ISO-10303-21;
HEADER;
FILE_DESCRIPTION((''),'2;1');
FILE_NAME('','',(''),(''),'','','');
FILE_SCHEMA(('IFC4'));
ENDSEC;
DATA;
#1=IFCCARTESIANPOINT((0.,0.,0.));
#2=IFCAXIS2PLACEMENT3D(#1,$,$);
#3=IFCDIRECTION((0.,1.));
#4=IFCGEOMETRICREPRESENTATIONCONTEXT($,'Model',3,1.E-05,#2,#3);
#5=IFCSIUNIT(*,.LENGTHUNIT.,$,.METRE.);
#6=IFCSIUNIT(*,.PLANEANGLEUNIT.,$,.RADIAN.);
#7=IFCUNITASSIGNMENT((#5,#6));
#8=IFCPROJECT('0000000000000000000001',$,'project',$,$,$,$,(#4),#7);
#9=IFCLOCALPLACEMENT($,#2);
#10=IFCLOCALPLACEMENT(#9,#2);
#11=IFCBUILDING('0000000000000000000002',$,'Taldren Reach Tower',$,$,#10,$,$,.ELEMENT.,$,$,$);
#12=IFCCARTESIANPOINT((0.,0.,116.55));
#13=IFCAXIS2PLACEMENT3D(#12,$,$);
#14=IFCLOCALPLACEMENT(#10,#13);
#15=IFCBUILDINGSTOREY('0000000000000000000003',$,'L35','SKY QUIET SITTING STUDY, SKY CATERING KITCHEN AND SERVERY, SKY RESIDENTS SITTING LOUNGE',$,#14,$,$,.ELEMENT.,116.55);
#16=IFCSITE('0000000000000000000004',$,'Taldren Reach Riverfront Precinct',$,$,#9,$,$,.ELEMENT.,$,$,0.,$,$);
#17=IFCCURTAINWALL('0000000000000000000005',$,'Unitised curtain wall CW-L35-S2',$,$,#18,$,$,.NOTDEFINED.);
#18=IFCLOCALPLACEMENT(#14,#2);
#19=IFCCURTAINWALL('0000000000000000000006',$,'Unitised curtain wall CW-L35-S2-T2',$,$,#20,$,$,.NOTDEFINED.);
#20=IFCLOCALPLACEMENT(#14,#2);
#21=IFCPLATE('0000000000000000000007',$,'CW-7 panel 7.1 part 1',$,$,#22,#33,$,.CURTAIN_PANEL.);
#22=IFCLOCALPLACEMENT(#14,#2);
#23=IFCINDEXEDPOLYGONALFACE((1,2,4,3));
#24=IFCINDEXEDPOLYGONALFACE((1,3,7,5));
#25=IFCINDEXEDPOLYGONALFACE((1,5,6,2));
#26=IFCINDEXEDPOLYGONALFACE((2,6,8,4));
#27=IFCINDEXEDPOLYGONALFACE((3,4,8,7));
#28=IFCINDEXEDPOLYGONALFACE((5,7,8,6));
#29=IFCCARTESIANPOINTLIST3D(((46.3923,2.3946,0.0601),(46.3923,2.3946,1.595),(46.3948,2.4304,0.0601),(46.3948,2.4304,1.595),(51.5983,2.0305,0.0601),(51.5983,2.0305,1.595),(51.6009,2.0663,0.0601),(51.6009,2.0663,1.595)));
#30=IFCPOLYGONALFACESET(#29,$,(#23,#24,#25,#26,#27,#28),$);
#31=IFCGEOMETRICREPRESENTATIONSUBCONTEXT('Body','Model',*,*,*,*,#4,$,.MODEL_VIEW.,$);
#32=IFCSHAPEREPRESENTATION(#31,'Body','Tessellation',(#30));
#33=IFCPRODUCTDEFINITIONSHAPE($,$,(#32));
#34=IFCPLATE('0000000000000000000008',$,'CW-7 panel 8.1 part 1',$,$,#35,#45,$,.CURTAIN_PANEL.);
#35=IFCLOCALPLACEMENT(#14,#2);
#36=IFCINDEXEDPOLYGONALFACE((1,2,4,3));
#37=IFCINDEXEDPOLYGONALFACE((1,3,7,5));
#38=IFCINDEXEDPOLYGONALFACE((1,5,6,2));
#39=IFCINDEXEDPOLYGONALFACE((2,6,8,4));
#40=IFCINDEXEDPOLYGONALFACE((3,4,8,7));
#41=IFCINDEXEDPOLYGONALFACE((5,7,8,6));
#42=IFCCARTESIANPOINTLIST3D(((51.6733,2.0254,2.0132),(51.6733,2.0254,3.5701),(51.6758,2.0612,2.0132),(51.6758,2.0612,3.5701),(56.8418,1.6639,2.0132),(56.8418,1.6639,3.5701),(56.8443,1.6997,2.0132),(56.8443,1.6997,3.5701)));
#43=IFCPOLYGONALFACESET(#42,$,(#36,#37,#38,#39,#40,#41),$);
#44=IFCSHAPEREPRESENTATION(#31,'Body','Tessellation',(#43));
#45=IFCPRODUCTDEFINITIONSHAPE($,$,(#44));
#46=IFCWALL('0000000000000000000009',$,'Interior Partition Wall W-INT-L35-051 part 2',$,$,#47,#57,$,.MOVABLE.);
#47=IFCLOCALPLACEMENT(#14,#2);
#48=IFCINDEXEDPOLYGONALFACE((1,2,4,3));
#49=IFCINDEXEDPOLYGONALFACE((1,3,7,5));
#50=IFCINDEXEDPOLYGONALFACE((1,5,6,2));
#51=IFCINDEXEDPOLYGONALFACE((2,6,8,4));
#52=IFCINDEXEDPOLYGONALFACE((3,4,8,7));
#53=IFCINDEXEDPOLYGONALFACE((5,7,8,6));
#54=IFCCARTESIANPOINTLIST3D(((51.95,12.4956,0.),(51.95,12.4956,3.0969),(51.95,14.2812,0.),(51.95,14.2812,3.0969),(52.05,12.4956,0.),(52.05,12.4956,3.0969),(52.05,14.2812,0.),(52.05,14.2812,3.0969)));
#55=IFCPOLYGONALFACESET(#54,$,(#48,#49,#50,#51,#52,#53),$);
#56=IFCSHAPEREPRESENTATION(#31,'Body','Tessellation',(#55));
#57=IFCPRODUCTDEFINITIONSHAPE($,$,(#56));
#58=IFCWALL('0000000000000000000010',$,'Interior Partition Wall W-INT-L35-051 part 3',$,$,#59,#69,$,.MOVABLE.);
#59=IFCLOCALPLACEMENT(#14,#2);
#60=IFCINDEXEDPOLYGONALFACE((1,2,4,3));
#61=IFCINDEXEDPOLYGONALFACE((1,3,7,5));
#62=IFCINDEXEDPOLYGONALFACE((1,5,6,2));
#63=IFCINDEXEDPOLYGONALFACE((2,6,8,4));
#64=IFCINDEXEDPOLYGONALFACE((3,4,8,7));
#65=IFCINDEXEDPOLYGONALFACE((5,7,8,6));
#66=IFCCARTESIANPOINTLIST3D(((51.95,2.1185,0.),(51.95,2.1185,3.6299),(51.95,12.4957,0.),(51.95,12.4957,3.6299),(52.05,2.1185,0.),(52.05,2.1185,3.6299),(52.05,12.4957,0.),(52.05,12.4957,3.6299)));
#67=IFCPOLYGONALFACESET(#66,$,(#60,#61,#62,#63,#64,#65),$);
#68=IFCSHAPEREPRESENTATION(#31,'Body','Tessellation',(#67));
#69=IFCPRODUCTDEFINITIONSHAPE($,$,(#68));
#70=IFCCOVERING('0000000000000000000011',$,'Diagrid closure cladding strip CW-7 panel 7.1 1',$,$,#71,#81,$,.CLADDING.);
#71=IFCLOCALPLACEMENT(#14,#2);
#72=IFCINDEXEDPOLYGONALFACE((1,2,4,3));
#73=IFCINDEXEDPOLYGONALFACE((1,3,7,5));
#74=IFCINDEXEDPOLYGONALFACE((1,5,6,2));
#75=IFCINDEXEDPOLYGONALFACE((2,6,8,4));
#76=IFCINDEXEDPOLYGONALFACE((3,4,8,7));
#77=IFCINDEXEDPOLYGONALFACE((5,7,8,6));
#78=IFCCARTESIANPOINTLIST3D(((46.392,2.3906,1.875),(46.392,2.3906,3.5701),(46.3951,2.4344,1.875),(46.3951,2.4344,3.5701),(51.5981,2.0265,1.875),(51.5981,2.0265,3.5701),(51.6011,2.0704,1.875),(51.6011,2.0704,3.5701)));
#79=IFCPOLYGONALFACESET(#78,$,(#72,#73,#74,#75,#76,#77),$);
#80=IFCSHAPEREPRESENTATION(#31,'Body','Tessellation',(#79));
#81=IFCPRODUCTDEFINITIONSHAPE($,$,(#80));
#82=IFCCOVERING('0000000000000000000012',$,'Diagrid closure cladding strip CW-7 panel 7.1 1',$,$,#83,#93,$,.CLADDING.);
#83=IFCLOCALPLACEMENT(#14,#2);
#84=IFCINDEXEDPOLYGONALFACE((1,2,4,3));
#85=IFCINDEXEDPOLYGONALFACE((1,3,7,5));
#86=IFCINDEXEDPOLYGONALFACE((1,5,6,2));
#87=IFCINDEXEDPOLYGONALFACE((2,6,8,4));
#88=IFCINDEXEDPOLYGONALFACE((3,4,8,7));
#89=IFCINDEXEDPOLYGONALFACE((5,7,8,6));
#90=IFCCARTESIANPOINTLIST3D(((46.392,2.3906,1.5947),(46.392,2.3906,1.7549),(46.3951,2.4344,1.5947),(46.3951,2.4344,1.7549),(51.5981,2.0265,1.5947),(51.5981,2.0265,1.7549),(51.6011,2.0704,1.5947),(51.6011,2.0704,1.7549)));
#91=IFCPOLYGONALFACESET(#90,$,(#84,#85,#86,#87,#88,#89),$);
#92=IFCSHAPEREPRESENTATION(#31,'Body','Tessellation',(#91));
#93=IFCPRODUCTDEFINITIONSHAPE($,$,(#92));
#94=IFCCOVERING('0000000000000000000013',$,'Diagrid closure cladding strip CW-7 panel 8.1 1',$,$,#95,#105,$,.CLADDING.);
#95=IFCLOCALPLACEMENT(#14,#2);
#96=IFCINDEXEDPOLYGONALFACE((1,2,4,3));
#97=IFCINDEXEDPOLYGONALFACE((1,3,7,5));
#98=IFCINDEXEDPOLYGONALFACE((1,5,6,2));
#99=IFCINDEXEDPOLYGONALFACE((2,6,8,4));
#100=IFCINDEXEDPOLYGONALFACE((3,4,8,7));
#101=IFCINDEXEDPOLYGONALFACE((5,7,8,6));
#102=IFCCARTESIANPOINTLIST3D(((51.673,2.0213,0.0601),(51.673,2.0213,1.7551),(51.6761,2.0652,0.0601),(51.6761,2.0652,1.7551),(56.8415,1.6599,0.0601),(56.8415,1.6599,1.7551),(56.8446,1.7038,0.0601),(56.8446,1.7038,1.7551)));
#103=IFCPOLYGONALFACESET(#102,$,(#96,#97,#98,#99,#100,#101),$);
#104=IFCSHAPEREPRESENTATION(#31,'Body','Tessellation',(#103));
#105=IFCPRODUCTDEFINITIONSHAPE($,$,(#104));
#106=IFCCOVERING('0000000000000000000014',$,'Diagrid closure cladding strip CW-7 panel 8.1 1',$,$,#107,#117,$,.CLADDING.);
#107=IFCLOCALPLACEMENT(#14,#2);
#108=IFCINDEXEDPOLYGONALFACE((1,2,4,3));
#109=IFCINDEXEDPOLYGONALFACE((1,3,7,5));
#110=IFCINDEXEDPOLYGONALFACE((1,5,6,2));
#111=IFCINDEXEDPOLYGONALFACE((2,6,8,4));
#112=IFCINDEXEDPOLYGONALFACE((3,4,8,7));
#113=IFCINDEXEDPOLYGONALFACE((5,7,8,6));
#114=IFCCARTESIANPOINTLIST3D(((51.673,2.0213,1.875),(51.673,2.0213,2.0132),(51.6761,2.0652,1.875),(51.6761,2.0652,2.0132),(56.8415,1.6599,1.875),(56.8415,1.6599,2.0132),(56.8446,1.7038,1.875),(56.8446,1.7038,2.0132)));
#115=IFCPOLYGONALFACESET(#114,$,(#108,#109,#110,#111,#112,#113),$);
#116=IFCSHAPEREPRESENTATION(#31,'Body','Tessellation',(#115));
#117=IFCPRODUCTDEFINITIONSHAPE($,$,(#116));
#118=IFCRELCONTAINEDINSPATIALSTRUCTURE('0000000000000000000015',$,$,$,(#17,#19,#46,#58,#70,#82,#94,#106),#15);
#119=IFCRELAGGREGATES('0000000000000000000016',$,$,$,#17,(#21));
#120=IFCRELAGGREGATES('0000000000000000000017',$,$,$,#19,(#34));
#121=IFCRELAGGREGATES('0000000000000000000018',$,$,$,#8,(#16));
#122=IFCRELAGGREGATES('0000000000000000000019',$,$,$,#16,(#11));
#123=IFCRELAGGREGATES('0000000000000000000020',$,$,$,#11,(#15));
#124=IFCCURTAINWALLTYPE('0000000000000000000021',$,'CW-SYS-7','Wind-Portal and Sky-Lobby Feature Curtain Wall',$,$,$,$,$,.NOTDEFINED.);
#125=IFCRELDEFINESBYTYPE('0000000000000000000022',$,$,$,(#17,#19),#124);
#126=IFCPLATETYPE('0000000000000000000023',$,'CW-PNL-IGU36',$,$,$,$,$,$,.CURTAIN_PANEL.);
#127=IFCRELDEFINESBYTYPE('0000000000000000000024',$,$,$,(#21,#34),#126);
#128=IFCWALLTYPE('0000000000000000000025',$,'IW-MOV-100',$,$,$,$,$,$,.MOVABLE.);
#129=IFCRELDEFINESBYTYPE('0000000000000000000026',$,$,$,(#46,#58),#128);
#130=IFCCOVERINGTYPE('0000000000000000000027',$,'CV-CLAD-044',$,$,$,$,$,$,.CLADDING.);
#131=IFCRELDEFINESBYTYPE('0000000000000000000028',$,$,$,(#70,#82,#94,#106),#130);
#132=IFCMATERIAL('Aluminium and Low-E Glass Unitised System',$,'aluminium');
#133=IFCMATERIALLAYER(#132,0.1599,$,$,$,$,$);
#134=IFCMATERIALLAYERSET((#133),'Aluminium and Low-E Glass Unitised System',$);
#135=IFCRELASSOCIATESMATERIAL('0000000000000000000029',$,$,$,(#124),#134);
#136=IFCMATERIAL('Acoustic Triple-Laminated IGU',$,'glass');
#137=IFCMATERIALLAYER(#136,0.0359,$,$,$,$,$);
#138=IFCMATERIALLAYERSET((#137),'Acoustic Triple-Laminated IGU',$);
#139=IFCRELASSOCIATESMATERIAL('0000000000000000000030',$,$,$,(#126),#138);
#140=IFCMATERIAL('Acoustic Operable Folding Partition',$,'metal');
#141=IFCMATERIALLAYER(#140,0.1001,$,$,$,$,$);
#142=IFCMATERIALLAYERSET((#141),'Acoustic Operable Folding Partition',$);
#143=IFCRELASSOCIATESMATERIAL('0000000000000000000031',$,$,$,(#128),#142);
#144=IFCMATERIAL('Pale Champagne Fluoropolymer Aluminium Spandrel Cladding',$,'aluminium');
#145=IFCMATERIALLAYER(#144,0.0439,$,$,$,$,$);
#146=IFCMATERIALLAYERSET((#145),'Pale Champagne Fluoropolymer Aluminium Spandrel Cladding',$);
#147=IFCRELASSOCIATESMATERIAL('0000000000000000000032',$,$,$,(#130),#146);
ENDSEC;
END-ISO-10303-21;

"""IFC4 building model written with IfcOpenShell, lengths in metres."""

from ifc_helpers import new_model, si_unit, direction, frame, frame_2d, origin, origin_2d, place, context, subcontext, project, spatial, rectangle, extrude, source, transform, mapped, material, layer, layer_set, type_object, element, aggregate, save


model = new_model("IFC4")

# Units and contexts
model_context = context("Model", 3, precision=1e-05, world=origin(), true_north=direction((0.0, 1.0)))
body_context = subcontext(model_context, "Body", "Model", "MODEL_VIEW")
ifc_project = project(units=[si_unit("LENGTHUNIT", "METRE"), si_unit("PLANEANGLEUNIT", "RADIAN")], contexts=[model_context])

# Site, building, storey
site_placement = place(None, origin())
site = spatial("IfcSite", under=ifc_project, at=site_placement, Name="Taldren Reach Riverfront Precinct", CompositionType="ELEMENT", RefElevation=0.0)
building_placement = place(site_placement, origin())
building = spatial("IfcBuilding", under=site, at=building_placement, Name="Taldren Reach Tower", CompositionType="ELEMENT")
storey_placement = place(building_placement, frame((0.0, 0.0, 116.55)))
storey = spatial("IfcBuildingStorey", under=building, at=storey_placement, Name="L35", Description="SKY QUIET SITTING STUDY, SKY CATERING KITCHEN AND SERVERY, SKY RESIDENTS SITTING LOUNGE", CompositionType="ELEMENT", Elevation=116.55)

# Curtain wall
ifc_material_1 = material(Name="Aluminium and Low-E Glass Unitised System", Category="aluminium")
ifc_layer_1 = layer(ifc_material_1, 0.1599)
ifc_layer_set_1 = layer_set([ifc_layer_1], Name="Aluminium and Low-E Glass Unitised System")
curtain_wall_type = type_object("IfcCurtainWallType", Name="CW-SYS-7", Description="Wind-Portal and Sky-Lobby Feature Curtain Wall", PredefinedType="NOTDEFINED", material=ifc_layer_set_1)
curtain_wall_1_placement = place(storey_placement, origin())
curtain_wall_1 = element("IfcCurtainWall", 1, at=curtain_wall_1_placement, inside=storey, type_object=curtain_wall_type, Name="Unitised curtain wall CW-L35-S2", PredefinedType="NOTDEFINED")

# Curtain wall
curtain_wall_2_placement = place(storey_placement, origin())
curtain_wall_2 = element("IfcCurtainWall", 2, at=curtain_wall_2_placement, inside=storey, type_object=curtain_wall_type, Name="Unitised curtain wall CW-L35-S2-T2", PredefinedType="NOTDEFINED")

# Plates
ifc_material_2 = material(Name="Acoustic Triple-Laminated IGU", Category="glass")
ifc_layer_2 = layer(ifc_material_2, 0.0359)
ifc_layer_set_2 = layer_set([ifc_layer_2], Name="Acoustic Triple-Laminated IGU")
plate_type_1 = type_object("IfcPlateType", Name="CW-PNL-IGU36", PredefinedType="CURTAIN_PANEL", material=ifc_layer_set_2)
shared_shape_1 = source(origin(), body_context, "Body", "SweptSolid", [
    extrude(rectangle(XDim=5.2188, YDim=0.0359, at=origin_2d()), origin(), (0.0, 0.0, 1.0), 1.5349),
])
plate_1_placement = place(storey_placement, frame((48.9966, 2.2305, 0.0601), z_axis=(0.0, 0.0, 1.0), x_axis=(0.997564, -0.069757, 0.0)))
plate_1 = element("IfcPlate", 3, at=plate_1_placement, type_object=plate_type_1, Name="CW-7 panel 7.1 part 1", PredefinedType="CURTAIN_PANEL", context=body_context, shape_type="MappedRepresentation", body=[
    mapped(shared_shape_1, transform((0.0, 0.0, 0.0), scale=1.0)),
])
aggregate(curtain_wall_1, [plate_1])
shared_shape_2 = source(origin(), body_context, "Body", "SweptSolid", [
    extrude(rectangle(XDim=5.1812, YDim=0.0359, at=origin_2d()), origin(), (0.0, 0.0, 1.0), 1.5569),
])
plate_2_placement = place(storey_placement, frame((54.2588, 1.8625, 2.0132), z_axis=(0.0, 0.0, 1.0), x_axis=(0.997564, -0.069757, 0.0)))
plate_2 = element("IfcPlate", 4, at=plate_2_placement, type_object=plate_type_1, Name="CW-7 panel 8.1 part 1", PredefinedType="CURTAIN_PANEL", context=body_context, shape_type="MappedRepresentation", body=[
    mapped(shared_shape_2, transform((0.0, 0.0, 0.0), scale=1.0)),
])
aggregate(curtain_wall_2, [plate_2])

# Walls
ifc_material_3 = material(Name="Acoustic Operable Folding Partition", Category="metal")
ifc_layer_3 = layer(ifc_material_3, 0.1001)
ifc_layer_set_3 = layer_set([ifc_layer_3], Name="Acoustic Operable Folding Partition")
wall_type = type_object("IfcWallType", Name="IW-MOV-100", PredefinedType="MOVABLE", material=ifc_layer_set_3)
shared_shape_3 = source(origin(), body_context, "Body", "SweptSolid", [
    extrude(rectangle(XDim=1.7856, YDim=0.1001, at=frame_2d((0.8928, 0.0))), origin(), (0.0, 0.0, 1.0), 3.0969),
])
wall_1_placement = place(storey_placement, frame((52.0, 14.2812, 0.0), z_axis=(0.0, 0.0, 1.0), x_axis=(0.0, -1.0, 0.0)))
element("IfcWall", 5, at=wall_1_placement, inside=storey, type_object=wall_type, Name="Interior Partition Wall W-INT-L35-051 part 2", PredefinedType="MOVABLE", context=body_context, shape_type="MappedRepresentation", body=[
    mapped(shared_shape_3, transform((0.0, 0.0, 0.0), scale=1.0)),
])
shared_shape_4 = source(origin(), body_context, "Body", "SweptSolid", [
    extrude(rectangle(XDim=10.3772, YDim=0.1001, at=frame_2d((5.1885, 0.0))), origin(), (0.0, 0.0, 1.0), 3.6299),
])
wall_2_placement = place(storey_placement, frame((52.0, 12.4956, 0.0), z_axis=(0.0, 0.0, 1.0), x_axis=(0.0, -1.0, 0.0)))
element("IfcWall", 6, at=wall_2_placement, inside=storey, type_object=wall_type, Name="Interior Partition Wall W-INT-L35-051 part 3", PredefinedType="MOVABLE", context=body_context, shape_type="MappedRepresentation", body=[
    mapped(shared_shape_4, transform((0.0, 0.0, 0.0), scale=1.0)),
])

# Coverings
ifc_material_4 = material(Name="Pale Champagne Fluoropolymer Aluminium Spandrel Cladding", Category="aluminium")
ifc_layer_4 = layer(ifc_material_4, 0.0439)
ifc_layer_set_4 = layer_set([ifc_layer_4], Name="Pale Champagne Fluoropolymer Aluminium Spandrel Cladding")
covering_type = type_object("IfcCoveringType", Name="CV-CLAD-044", PredefinedType="CLADDING", material=ifc_layer_set_4)
shared_shape_5 = source(origin(), body_context, "Body", "SweptSolid", [
    extrude(rectangle(XDim=5.2188, YDim=0.0439, at=origin_2d()), origin(), (0.0, 0.0, 1.0), 1.6951),
])
covering_1_placement = place(storey_placement, frame((48.9966, 2.2305, 1.875), z_axis=(0.0, 0.0, 1.0), x_axis=(0.997564, -0.069757, 0.0)))
element("IfcCovering", 7, at=covering_1_placement, inside=storey, type_object=covering_type, Name="Diagrid closure cladding strip CW-7 panel 7.1 1", PredefinedType="CLADDING", context=body_context, shape_type="MappedRepresentation", body=[
    mapped(shared_shape_5, transform((0.0, 0.0, 0.0), scale=1.0)),
])
shared_shape_6 = source(origin(), body_context, "Body", "SweptSolid", [
    extrude(rectangle(XDim=5.2188, YDim=0.0439, at=origin_2d()), origin(), (0.0, 0.0, 1.0), 0.1602),
])
covering_2_placement = place(storey_placement, frame((48.9966, 2.2305, 1.5947), z_axis=(0.0, 0.0, 1.0), x_axis=(0.997564, -0.069757, 0.0)))
element("IfcCovering", 8, at=covering_2_placement, inside=storey, type_object=covering_type, Name="Diagrid closure cladding strip CW-7 panel 7.1 1", PredefinedType="CLADDING", context=body_context, shape_type="MappedRepresentation", body=[
    mapped(shared_shape_6, transform((0.0, 0.0, 0.0), scale=1.0)),
])
shared_shape_7 = source(origin(), body_context, "Body", "SweptSolid", [
    extrude(rectangle(XDim=5.1812, YDim=0.0439, at=origin_2d()), origin(), (0.0, 0.0, 1.0), 1.6951),
])
covering_3_placement = place(storey_placement, frame((54.2588, 1.8625, 0.0601), z_axis=(0.0, 0.0, 1.0), x_axis=(0.997564, -0.069757, 0.0)))
element("IfcCovering", 9, at=covering_3_placement, inside=storey, type_object=covering_type, Name="Diagrid closure cladding strip CW-7 panel 8.1 1", PredefinedType="CLADDING", context=body_context, shape_type="MappedRepresentation", body=[
    mapped(shared_shape_7, transform((0.0, 0.0, 0.0), scale=1.0)),
])
shared_shape_8 = source(origin(), body_context, "Body", "SweptSolid", [
    extrude(rectangle(XDim=5.1812, YDim=0.0439, at=origin_2d()), origin(), (0.0, 0.0, 1.0), 0.1382),
])
covering_4_placement = place(storey_placement, frame((54.2588, 1.8625, 1.875), z_axis=(0.0, 0.0, 1.0), x_axis=(0.997564, -0.069757, 0.0)))
element("IfcCovering", 10, at=covering_4_placement, inside=storey, type_object=covering_type, Name="Diagrid closure cladding strip CW-7 panel 8.1 1", PredefinedType="CLADDING", context=body_context, shape_type="MappedRepresentation", body=[
    mapped(shared_shape_8, transform((0.0, 0.0, 0.0), scale=1.0)),
])

save(model, "model.ifc")
